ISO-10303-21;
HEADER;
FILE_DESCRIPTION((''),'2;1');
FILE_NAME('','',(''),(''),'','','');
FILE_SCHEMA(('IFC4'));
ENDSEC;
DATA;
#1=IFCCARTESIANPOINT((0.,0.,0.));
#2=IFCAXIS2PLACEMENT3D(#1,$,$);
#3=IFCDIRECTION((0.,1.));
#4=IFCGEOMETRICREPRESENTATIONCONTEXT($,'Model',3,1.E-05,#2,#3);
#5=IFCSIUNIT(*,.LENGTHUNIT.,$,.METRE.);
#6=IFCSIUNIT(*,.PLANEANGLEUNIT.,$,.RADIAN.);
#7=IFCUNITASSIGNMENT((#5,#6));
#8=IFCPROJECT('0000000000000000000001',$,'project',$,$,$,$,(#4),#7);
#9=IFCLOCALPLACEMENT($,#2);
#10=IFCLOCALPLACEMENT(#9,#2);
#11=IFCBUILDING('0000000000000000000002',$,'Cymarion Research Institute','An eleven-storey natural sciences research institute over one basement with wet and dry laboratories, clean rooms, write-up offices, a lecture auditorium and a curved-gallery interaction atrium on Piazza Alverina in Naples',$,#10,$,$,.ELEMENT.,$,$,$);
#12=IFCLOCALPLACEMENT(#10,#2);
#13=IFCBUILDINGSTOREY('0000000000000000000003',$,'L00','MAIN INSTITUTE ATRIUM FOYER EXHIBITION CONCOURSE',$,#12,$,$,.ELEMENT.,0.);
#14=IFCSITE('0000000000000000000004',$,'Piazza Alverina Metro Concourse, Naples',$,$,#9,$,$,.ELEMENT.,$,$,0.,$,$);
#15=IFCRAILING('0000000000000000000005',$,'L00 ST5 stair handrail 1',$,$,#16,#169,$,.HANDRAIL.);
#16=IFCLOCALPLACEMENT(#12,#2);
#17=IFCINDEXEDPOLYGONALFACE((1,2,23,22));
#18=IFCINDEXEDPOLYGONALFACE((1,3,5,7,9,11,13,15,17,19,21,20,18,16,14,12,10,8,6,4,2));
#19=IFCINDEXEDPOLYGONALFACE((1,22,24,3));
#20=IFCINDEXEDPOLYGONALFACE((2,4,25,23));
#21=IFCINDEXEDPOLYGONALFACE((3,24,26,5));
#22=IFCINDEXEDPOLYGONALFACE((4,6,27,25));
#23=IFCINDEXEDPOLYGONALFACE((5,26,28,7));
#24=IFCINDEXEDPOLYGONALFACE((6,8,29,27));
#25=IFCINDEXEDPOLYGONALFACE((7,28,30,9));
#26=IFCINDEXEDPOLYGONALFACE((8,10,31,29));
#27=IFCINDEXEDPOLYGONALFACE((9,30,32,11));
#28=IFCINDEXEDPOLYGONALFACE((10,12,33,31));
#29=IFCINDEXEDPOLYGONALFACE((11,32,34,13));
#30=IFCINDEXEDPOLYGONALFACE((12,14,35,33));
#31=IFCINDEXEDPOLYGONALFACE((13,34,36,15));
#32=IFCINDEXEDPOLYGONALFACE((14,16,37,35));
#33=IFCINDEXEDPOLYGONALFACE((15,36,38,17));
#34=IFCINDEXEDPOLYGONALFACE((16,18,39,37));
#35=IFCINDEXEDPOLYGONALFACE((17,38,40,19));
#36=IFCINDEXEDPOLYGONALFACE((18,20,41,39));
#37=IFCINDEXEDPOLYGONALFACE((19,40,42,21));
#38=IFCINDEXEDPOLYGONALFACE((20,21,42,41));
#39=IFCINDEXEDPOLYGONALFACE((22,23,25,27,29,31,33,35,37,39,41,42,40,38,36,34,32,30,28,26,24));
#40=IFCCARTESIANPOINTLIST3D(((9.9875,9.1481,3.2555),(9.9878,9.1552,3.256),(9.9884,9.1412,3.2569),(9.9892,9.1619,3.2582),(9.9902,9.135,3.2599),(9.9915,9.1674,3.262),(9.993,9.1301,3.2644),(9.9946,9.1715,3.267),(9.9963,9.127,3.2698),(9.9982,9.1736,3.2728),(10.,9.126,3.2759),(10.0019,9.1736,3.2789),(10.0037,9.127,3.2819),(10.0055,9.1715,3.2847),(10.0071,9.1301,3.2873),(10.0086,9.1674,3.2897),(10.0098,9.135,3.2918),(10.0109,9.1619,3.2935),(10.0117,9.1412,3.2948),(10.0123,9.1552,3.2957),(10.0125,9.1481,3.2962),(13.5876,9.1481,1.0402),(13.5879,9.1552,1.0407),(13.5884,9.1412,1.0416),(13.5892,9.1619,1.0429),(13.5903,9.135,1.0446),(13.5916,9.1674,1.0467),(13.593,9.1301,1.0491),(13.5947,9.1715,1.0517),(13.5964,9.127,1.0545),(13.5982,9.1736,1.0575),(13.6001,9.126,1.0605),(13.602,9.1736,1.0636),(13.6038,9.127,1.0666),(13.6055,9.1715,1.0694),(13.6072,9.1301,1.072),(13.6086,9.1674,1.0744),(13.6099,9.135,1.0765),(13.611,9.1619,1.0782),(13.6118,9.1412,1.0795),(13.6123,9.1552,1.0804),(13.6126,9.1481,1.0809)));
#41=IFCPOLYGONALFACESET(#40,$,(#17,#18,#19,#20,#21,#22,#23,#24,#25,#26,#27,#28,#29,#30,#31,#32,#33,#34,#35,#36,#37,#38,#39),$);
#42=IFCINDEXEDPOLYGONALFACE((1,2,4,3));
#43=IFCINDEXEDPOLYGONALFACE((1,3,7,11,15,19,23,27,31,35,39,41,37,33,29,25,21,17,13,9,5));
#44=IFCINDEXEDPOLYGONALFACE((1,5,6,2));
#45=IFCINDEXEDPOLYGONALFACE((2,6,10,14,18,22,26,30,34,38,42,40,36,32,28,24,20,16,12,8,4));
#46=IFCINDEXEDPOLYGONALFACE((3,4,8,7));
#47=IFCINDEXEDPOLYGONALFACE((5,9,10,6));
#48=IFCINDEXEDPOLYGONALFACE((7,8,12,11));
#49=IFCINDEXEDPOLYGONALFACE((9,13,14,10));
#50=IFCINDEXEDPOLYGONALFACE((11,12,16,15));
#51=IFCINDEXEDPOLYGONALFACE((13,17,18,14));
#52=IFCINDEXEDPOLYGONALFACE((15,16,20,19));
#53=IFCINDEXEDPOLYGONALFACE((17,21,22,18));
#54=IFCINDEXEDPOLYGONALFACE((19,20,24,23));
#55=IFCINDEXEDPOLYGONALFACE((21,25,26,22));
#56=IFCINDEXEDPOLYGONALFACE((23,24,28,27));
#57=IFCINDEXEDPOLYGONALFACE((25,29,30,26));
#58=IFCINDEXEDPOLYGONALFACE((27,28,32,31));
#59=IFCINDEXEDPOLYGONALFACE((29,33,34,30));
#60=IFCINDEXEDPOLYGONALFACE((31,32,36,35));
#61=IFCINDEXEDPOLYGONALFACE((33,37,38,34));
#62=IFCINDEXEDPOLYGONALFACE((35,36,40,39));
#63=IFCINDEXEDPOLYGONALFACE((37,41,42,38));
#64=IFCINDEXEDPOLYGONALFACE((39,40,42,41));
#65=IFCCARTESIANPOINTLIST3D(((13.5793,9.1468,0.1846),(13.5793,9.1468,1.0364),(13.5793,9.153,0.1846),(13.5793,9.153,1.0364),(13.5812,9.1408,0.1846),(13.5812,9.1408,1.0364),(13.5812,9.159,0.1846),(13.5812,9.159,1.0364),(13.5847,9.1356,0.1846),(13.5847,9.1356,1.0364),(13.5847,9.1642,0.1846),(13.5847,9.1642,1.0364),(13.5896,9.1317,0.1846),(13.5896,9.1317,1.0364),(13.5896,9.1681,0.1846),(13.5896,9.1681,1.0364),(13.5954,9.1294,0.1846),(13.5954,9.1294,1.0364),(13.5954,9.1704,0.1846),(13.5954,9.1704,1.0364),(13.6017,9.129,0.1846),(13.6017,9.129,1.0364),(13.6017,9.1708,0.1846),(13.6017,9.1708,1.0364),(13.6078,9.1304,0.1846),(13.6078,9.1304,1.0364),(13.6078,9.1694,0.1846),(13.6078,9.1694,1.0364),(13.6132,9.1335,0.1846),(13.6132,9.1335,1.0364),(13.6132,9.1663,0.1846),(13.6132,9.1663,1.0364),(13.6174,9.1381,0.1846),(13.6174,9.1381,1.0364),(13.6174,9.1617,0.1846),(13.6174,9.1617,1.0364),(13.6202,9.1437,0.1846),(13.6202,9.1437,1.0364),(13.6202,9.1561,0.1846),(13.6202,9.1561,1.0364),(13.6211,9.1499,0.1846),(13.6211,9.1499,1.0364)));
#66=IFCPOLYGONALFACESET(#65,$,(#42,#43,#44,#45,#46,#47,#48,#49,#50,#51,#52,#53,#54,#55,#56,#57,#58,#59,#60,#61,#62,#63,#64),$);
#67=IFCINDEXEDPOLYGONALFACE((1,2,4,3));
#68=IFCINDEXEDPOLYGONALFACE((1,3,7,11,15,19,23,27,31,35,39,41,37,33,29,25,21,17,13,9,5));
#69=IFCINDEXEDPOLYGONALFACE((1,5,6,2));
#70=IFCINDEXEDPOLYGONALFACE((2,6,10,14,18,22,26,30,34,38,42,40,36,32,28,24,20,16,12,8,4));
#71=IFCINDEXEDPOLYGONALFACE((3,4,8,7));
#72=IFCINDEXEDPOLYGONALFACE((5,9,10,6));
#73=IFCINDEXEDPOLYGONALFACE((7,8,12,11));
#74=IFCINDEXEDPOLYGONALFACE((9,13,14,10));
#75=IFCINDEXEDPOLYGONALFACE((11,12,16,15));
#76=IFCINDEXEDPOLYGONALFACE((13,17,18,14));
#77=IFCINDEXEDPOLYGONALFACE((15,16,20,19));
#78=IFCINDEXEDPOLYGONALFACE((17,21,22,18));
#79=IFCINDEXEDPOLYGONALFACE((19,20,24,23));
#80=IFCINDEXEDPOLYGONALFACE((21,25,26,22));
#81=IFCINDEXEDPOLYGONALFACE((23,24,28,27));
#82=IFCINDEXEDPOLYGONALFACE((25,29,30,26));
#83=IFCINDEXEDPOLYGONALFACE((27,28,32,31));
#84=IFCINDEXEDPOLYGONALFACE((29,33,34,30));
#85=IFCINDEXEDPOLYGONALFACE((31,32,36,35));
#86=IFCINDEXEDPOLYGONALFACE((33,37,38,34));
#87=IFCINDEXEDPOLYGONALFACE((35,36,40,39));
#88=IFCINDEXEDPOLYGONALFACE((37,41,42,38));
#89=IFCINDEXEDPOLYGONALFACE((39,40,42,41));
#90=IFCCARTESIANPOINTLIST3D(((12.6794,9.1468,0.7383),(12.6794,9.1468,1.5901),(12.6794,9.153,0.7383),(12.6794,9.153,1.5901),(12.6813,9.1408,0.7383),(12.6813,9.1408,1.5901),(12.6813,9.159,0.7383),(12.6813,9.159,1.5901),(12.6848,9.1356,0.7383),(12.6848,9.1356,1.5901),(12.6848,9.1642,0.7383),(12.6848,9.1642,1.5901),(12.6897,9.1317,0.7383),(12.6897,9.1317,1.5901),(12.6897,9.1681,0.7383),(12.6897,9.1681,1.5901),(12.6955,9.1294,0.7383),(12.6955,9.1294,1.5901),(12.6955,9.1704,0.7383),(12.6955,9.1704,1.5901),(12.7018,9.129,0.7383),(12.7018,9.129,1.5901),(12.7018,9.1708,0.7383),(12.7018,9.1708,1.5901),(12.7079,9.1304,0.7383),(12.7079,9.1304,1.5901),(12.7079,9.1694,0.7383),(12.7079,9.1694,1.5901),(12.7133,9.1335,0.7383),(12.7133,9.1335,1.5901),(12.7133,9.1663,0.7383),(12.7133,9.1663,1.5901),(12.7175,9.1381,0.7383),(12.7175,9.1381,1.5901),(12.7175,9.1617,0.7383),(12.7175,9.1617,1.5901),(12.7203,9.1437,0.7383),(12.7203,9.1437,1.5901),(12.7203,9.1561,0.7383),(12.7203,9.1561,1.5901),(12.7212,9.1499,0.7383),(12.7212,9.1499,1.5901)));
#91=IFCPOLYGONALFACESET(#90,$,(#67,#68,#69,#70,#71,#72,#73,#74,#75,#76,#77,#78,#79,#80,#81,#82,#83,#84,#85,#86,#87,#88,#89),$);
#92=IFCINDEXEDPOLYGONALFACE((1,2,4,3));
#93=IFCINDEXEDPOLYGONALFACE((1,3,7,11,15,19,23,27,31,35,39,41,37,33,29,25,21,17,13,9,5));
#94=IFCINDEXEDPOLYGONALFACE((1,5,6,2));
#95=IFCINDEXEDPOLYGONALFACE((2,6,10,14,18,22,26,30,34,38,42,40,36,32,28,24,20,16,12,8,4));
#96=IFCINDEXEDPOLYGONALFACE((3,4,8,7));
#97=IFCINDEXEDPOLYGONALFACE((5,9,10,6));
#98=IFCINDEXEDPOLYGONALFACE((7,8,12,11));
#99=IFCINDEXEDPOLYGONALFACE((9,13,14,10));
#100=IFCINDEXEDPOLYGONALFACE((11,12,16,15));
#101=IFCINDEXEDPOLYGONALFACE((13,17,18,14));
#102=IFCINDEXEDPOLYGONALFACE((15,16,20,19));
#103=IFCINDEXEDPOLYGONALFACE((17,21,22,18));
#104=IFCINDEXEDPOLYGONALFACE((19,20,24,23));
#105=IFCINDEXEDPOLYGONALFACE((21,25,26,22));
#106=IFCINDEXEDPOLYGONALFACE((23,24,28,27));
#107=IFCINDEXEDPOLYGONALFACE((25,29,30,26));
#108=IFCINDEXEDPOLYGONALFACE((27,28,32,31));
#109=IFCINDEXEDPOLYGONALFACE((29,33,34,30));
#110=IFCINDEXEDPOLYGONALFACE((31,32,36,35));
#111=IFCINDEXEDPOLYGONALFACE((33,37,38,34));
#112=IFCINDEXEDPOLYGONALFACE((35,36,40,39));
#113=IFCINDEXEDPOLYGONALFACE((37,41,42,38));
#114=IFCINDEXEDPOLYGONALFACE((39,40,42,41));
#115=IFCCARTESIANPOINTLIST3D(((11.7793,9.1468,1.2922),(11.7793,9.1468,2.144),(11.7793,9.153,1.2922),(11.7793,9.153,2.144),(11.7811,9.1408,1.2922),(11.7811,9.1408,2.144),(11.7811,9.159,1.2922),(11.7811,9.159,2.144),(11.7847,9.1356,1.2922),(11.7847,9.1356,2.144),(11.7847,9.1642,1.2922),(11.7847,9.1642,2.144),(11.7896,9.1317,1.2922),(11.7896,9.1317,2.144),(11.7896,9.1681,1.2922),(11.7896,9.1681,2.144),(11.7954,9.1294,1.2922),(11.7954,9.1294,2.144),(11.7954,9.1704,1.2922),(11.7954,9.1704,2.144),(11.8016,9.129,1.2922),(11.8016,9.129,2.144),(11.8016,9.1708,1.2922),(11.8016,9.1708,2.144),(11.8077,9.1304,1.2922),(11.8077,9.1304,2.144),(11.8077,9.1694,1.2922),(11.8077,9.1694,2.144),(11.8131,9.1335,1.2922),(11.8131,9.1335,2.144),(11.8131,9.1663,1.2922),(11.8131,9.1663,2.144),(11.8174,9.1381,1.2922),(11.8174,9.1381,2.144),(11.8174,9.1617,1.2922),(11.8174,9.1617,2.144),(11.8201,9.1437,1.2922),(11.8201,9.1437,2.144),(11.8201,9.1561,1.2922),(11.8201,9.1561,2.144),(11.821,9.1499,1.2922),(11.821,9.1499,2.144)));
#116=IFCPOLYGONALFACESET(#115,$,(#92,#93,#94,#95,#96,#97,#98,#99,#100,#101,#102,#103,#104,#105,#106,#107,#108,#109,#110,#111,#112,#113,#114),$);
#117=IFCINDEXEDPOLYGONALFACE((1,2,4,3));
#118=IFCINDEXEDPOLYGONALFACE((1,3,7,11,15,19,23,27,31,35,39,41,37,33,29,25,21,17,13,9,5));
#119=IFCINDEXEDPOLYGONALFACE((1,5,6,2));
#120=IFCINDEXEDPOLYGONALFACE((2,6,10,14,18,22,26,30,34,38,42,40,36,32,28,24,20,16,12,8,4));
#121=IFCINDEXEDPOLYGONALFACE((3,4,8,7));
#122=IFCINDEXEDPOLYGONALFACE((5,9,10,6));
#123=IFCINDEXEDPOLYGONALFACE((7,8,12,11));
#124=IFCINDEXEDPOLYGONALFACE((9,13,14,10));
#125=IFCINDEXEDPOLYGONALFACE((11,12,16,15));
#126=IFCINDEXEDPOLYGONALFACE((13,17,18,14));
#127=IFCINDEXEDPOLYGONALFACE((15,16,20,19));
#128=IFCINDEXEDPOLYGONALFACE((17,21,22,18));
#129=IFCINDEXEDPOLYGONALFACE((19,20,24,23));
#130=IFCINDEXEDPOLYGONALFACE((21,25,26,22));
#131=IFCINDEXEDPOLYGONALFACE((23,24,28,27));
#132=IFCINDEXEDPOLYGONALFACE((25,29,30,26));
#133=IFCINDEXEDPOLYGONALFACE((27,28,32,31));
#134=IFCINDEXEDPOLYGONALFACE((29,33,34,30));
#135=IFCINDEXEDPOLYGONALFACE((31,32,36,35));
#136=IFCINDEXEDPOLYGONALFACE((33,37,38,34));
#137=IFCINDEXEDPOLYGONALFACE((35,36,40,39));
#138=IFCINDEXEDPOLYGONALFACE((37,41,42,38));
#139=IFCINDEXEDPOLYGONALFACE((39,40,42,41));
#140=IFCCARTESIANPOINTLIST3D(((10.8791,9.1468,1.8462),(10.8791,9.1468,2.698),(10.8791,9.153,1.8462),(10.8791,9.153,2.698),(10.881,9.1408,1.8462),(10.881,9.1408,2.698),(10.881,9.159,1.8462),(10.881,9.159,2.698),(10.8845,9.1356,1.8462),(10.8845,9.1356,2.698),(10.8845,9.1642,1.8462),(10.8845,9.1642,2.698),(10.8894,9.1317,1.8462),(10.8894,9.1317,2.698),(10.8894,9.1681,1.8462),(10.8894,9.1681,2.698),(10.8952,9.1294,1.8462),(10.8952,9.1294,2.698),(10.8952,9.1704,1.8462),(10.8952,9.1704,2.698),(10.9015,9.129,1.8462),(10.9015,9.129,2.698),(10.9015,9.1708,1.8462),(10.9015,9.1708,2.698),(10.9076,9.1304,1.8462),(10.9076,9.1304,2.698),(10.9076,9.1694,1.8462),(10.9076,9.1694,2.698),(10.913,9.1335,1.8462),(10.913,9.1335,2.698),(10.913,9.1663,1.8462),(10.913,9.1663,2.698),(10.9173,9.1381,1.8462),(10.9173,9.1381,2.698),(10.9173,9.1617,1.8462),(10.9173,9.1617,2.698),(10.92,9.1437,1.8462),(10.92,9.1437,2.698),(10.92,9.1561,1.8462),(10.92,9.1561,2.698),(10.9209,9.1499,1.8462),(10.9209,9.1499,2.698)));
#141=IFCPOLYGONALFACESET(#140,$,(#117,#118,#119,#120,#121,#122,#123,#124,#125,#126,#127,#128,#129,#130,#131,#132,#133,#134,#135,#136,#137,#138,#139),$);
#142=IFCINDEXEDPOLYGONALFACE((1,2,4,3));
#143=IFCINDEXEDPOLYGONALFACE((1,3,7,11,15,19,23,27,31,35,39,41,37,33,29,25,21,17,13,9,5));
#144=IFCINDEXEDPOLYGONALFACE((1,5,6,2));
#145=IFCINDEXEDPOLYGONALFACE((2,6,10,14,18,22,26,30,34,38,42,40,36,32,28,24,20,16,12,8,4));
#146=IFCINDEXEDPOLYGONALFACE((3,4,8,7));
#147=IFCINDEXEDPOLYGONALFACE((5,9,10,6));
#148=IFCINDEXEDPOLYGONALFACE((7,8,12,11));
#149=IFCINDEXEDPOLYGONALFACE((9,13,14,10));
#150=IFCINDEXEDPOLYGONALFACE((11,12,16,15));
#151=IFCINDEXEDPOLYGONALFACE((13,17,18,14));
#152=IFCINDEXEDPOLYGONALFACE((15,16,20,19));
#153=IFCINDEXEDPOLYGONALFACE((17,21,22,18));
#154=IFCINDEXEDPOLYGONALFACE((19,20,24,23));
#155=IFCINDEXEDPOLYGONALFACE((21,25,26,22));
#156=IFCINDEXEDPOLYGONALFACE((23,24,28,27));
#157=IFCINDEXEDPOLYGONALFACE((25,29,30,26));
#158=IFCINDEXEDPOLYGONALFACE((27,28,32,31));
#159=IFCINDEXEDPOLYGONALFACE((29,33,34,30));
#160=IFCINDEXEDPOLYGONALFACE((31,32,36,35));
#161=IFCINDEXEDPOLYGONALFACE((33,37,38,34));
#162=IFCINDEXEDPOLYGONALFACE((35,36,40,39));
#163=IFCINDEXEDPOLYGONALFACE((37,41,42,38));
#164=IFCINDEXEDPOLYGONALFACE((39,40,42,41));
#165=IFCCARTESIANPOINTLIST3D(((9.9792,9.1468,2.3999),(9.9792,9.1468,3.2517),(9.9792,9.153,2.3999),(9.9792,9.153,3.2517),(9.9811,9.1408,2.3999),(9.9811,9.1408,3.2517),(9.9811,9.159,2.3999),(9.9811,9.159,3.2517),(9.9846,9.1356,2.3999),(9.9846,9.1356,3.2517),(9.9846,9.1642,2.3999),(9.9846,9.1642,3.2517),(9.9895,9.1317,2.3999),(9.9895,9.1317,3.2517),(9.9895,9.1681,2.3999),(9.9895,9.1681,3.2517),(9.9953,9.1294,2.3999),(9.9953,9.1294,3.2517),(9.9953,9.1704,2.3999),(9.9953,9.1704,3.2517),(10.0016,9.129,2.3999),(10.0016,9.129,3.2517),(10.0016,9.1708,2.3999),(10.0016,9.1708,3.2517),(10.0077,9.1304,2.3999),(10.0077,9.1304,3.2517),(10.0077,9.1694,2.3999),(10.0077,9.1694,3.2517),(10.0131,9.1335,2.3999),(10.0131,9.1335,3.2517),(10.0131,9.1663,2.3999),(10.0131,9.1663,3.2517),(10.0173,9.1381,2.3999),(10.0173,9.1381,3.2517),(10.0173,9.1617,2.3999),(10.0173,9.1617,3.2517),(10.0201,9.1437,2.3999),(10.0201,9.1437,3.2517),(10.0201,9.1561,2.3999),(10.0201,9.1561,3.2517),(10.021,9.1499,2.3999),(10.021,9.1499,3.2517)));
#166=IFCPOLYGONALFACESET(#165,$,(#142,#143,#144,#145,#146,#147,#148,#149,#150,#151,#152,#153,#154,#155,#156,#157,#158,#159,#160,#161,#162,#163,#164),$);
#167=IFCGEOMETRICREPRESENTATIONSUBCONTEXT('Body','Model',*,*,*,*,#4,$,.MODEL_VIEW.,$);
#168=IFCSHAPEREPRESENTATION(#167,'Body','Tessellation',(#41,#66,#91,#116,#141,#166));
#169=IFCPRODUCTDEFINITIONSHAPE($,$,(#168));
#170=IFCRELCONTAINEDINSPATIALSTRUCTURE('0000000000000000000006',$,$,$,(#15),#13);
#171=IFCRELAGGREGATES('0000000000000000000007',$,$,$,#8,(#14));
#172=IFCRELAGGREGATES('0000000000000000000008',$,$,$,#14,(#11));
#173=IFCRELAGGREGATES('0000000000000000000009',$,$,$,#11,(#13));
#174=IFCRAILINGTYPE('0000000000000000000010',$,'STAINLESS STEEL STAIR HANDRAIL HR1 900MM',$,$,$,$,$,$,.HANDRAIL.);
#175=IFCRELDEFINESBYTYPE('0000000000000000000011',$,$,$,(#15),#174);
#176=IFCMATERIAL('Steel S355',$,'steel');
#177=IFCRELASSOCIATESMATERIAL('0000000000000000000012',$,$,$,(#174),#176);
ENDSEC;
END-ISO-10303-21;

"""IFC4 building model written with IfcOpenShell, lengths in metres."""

from ifc_helpers import new_model, si_unit, direction, frame, origin, origin_2d, place, context, subcontext, project, spatial, circle, extrude, material, type_object, element, save


model = new_model("IFC4")

# Units and contexts
model_context = context("Model", 3, precision=1e-05, world=origin(), true_north=direction((0.0, 1.0)))
body_context = subcontext(model_context, "Body", "Model", "MODEL_VIEW")
ifc_project = project(units=[si_unit("LENGTHUNIT", "METRE"), si_unit("PLANEANGLEUNIT", "RADIAN")], contexts=[model_context])

# Site, building, storey
site_placement = place(None, origin())
site = spatial("IfcSite", under=ifc_project, at=site_placement, Name="Piazza Alverina Metro Concourse, Naples", CompositionType="ELEMENT", RefElevation=0.0)
building_placement = place(site_placement, origin())
building = spatial("IfcBuilding", under=site, at=building_placement, Name="Cymarion Research Institute", Description="An eleven-storey natural sciences research institute over one basement with wet and dry laboratories, clean rooms, write-up offices, a lecture auditorium and a curved-gallery interaction atrium on Piazza Alverina in Naples", CompositionType="ELEMENT")
storey_placement = place(building_placement, origin())
storey = spatial("IfcBuildingStorey", under=building, at=storey_placement, Name="L00", Description="MAIN INSTITUTE ATRIUM FOYER EXHIBITION CONCOURSE", CompositionType="ELEMENT", Elevation=0.0)

# Shared definitions
ifc_material_1 = material(Name="Steel S355", Category="steel")

# Railing
railing_type_1 = type_object("IfcRailingType", Name="STAINLESS STEEL STAIR HANDRAIL HR1 900MM", PredefinedType="HANDRAIL", material=ifc_material_1)
railing_1_placement = place(storey_placement, frame((13.6001, 9.1499, 0.1846)))
element("IfcRailing", 1, at=railing_1_placement, inside=storey, type_object=railing_type_1, Name="L00 ST5 stair handrail 1", PredefinedType="HANDRAIL", context=body_context, shape_type="SweptSolid", body=[
    extrude(circle(Radius=0.0239, at=origin_2d()), frame((0.0, 0.0, 0.876), z_axis=(-0.85167, 0.0, 0.524078), x_axis=(0.0, -1.0, 0.0)), (0.0, 0.0, 1.0), 4.2271),
    extrude(circle(Radius=0.021, at=origin_2d()), origin(), (0.0, 0.0, 1.0), 0.8518),
    extrude(circle(Radius=0.021, at=origin_2d()), frame((-0.8999, 0.0, 0.5537)), (0.0, 0.0, 1.0), 0.8518),
    extrude(circle(Radius=0.021, at=origin_2d()), frame((-1.8, 0.0, 1.1077)), (0.0, 0.0, 1.0), 0.8518),
    extrude(circle(Radius=0.021, at=origin_2d()), frame((-2.7002, 0.0, 1.6616)), (0.0, 0.0, 1.0), 0.8518),
    extrude(circle(Radius=0.021, at=origin_2d()), frame((-3.6001, 0.0, 2.2153)), (0.0, 0.0, 1.0), 0.8518),
])

save(model, "model.ifc")
